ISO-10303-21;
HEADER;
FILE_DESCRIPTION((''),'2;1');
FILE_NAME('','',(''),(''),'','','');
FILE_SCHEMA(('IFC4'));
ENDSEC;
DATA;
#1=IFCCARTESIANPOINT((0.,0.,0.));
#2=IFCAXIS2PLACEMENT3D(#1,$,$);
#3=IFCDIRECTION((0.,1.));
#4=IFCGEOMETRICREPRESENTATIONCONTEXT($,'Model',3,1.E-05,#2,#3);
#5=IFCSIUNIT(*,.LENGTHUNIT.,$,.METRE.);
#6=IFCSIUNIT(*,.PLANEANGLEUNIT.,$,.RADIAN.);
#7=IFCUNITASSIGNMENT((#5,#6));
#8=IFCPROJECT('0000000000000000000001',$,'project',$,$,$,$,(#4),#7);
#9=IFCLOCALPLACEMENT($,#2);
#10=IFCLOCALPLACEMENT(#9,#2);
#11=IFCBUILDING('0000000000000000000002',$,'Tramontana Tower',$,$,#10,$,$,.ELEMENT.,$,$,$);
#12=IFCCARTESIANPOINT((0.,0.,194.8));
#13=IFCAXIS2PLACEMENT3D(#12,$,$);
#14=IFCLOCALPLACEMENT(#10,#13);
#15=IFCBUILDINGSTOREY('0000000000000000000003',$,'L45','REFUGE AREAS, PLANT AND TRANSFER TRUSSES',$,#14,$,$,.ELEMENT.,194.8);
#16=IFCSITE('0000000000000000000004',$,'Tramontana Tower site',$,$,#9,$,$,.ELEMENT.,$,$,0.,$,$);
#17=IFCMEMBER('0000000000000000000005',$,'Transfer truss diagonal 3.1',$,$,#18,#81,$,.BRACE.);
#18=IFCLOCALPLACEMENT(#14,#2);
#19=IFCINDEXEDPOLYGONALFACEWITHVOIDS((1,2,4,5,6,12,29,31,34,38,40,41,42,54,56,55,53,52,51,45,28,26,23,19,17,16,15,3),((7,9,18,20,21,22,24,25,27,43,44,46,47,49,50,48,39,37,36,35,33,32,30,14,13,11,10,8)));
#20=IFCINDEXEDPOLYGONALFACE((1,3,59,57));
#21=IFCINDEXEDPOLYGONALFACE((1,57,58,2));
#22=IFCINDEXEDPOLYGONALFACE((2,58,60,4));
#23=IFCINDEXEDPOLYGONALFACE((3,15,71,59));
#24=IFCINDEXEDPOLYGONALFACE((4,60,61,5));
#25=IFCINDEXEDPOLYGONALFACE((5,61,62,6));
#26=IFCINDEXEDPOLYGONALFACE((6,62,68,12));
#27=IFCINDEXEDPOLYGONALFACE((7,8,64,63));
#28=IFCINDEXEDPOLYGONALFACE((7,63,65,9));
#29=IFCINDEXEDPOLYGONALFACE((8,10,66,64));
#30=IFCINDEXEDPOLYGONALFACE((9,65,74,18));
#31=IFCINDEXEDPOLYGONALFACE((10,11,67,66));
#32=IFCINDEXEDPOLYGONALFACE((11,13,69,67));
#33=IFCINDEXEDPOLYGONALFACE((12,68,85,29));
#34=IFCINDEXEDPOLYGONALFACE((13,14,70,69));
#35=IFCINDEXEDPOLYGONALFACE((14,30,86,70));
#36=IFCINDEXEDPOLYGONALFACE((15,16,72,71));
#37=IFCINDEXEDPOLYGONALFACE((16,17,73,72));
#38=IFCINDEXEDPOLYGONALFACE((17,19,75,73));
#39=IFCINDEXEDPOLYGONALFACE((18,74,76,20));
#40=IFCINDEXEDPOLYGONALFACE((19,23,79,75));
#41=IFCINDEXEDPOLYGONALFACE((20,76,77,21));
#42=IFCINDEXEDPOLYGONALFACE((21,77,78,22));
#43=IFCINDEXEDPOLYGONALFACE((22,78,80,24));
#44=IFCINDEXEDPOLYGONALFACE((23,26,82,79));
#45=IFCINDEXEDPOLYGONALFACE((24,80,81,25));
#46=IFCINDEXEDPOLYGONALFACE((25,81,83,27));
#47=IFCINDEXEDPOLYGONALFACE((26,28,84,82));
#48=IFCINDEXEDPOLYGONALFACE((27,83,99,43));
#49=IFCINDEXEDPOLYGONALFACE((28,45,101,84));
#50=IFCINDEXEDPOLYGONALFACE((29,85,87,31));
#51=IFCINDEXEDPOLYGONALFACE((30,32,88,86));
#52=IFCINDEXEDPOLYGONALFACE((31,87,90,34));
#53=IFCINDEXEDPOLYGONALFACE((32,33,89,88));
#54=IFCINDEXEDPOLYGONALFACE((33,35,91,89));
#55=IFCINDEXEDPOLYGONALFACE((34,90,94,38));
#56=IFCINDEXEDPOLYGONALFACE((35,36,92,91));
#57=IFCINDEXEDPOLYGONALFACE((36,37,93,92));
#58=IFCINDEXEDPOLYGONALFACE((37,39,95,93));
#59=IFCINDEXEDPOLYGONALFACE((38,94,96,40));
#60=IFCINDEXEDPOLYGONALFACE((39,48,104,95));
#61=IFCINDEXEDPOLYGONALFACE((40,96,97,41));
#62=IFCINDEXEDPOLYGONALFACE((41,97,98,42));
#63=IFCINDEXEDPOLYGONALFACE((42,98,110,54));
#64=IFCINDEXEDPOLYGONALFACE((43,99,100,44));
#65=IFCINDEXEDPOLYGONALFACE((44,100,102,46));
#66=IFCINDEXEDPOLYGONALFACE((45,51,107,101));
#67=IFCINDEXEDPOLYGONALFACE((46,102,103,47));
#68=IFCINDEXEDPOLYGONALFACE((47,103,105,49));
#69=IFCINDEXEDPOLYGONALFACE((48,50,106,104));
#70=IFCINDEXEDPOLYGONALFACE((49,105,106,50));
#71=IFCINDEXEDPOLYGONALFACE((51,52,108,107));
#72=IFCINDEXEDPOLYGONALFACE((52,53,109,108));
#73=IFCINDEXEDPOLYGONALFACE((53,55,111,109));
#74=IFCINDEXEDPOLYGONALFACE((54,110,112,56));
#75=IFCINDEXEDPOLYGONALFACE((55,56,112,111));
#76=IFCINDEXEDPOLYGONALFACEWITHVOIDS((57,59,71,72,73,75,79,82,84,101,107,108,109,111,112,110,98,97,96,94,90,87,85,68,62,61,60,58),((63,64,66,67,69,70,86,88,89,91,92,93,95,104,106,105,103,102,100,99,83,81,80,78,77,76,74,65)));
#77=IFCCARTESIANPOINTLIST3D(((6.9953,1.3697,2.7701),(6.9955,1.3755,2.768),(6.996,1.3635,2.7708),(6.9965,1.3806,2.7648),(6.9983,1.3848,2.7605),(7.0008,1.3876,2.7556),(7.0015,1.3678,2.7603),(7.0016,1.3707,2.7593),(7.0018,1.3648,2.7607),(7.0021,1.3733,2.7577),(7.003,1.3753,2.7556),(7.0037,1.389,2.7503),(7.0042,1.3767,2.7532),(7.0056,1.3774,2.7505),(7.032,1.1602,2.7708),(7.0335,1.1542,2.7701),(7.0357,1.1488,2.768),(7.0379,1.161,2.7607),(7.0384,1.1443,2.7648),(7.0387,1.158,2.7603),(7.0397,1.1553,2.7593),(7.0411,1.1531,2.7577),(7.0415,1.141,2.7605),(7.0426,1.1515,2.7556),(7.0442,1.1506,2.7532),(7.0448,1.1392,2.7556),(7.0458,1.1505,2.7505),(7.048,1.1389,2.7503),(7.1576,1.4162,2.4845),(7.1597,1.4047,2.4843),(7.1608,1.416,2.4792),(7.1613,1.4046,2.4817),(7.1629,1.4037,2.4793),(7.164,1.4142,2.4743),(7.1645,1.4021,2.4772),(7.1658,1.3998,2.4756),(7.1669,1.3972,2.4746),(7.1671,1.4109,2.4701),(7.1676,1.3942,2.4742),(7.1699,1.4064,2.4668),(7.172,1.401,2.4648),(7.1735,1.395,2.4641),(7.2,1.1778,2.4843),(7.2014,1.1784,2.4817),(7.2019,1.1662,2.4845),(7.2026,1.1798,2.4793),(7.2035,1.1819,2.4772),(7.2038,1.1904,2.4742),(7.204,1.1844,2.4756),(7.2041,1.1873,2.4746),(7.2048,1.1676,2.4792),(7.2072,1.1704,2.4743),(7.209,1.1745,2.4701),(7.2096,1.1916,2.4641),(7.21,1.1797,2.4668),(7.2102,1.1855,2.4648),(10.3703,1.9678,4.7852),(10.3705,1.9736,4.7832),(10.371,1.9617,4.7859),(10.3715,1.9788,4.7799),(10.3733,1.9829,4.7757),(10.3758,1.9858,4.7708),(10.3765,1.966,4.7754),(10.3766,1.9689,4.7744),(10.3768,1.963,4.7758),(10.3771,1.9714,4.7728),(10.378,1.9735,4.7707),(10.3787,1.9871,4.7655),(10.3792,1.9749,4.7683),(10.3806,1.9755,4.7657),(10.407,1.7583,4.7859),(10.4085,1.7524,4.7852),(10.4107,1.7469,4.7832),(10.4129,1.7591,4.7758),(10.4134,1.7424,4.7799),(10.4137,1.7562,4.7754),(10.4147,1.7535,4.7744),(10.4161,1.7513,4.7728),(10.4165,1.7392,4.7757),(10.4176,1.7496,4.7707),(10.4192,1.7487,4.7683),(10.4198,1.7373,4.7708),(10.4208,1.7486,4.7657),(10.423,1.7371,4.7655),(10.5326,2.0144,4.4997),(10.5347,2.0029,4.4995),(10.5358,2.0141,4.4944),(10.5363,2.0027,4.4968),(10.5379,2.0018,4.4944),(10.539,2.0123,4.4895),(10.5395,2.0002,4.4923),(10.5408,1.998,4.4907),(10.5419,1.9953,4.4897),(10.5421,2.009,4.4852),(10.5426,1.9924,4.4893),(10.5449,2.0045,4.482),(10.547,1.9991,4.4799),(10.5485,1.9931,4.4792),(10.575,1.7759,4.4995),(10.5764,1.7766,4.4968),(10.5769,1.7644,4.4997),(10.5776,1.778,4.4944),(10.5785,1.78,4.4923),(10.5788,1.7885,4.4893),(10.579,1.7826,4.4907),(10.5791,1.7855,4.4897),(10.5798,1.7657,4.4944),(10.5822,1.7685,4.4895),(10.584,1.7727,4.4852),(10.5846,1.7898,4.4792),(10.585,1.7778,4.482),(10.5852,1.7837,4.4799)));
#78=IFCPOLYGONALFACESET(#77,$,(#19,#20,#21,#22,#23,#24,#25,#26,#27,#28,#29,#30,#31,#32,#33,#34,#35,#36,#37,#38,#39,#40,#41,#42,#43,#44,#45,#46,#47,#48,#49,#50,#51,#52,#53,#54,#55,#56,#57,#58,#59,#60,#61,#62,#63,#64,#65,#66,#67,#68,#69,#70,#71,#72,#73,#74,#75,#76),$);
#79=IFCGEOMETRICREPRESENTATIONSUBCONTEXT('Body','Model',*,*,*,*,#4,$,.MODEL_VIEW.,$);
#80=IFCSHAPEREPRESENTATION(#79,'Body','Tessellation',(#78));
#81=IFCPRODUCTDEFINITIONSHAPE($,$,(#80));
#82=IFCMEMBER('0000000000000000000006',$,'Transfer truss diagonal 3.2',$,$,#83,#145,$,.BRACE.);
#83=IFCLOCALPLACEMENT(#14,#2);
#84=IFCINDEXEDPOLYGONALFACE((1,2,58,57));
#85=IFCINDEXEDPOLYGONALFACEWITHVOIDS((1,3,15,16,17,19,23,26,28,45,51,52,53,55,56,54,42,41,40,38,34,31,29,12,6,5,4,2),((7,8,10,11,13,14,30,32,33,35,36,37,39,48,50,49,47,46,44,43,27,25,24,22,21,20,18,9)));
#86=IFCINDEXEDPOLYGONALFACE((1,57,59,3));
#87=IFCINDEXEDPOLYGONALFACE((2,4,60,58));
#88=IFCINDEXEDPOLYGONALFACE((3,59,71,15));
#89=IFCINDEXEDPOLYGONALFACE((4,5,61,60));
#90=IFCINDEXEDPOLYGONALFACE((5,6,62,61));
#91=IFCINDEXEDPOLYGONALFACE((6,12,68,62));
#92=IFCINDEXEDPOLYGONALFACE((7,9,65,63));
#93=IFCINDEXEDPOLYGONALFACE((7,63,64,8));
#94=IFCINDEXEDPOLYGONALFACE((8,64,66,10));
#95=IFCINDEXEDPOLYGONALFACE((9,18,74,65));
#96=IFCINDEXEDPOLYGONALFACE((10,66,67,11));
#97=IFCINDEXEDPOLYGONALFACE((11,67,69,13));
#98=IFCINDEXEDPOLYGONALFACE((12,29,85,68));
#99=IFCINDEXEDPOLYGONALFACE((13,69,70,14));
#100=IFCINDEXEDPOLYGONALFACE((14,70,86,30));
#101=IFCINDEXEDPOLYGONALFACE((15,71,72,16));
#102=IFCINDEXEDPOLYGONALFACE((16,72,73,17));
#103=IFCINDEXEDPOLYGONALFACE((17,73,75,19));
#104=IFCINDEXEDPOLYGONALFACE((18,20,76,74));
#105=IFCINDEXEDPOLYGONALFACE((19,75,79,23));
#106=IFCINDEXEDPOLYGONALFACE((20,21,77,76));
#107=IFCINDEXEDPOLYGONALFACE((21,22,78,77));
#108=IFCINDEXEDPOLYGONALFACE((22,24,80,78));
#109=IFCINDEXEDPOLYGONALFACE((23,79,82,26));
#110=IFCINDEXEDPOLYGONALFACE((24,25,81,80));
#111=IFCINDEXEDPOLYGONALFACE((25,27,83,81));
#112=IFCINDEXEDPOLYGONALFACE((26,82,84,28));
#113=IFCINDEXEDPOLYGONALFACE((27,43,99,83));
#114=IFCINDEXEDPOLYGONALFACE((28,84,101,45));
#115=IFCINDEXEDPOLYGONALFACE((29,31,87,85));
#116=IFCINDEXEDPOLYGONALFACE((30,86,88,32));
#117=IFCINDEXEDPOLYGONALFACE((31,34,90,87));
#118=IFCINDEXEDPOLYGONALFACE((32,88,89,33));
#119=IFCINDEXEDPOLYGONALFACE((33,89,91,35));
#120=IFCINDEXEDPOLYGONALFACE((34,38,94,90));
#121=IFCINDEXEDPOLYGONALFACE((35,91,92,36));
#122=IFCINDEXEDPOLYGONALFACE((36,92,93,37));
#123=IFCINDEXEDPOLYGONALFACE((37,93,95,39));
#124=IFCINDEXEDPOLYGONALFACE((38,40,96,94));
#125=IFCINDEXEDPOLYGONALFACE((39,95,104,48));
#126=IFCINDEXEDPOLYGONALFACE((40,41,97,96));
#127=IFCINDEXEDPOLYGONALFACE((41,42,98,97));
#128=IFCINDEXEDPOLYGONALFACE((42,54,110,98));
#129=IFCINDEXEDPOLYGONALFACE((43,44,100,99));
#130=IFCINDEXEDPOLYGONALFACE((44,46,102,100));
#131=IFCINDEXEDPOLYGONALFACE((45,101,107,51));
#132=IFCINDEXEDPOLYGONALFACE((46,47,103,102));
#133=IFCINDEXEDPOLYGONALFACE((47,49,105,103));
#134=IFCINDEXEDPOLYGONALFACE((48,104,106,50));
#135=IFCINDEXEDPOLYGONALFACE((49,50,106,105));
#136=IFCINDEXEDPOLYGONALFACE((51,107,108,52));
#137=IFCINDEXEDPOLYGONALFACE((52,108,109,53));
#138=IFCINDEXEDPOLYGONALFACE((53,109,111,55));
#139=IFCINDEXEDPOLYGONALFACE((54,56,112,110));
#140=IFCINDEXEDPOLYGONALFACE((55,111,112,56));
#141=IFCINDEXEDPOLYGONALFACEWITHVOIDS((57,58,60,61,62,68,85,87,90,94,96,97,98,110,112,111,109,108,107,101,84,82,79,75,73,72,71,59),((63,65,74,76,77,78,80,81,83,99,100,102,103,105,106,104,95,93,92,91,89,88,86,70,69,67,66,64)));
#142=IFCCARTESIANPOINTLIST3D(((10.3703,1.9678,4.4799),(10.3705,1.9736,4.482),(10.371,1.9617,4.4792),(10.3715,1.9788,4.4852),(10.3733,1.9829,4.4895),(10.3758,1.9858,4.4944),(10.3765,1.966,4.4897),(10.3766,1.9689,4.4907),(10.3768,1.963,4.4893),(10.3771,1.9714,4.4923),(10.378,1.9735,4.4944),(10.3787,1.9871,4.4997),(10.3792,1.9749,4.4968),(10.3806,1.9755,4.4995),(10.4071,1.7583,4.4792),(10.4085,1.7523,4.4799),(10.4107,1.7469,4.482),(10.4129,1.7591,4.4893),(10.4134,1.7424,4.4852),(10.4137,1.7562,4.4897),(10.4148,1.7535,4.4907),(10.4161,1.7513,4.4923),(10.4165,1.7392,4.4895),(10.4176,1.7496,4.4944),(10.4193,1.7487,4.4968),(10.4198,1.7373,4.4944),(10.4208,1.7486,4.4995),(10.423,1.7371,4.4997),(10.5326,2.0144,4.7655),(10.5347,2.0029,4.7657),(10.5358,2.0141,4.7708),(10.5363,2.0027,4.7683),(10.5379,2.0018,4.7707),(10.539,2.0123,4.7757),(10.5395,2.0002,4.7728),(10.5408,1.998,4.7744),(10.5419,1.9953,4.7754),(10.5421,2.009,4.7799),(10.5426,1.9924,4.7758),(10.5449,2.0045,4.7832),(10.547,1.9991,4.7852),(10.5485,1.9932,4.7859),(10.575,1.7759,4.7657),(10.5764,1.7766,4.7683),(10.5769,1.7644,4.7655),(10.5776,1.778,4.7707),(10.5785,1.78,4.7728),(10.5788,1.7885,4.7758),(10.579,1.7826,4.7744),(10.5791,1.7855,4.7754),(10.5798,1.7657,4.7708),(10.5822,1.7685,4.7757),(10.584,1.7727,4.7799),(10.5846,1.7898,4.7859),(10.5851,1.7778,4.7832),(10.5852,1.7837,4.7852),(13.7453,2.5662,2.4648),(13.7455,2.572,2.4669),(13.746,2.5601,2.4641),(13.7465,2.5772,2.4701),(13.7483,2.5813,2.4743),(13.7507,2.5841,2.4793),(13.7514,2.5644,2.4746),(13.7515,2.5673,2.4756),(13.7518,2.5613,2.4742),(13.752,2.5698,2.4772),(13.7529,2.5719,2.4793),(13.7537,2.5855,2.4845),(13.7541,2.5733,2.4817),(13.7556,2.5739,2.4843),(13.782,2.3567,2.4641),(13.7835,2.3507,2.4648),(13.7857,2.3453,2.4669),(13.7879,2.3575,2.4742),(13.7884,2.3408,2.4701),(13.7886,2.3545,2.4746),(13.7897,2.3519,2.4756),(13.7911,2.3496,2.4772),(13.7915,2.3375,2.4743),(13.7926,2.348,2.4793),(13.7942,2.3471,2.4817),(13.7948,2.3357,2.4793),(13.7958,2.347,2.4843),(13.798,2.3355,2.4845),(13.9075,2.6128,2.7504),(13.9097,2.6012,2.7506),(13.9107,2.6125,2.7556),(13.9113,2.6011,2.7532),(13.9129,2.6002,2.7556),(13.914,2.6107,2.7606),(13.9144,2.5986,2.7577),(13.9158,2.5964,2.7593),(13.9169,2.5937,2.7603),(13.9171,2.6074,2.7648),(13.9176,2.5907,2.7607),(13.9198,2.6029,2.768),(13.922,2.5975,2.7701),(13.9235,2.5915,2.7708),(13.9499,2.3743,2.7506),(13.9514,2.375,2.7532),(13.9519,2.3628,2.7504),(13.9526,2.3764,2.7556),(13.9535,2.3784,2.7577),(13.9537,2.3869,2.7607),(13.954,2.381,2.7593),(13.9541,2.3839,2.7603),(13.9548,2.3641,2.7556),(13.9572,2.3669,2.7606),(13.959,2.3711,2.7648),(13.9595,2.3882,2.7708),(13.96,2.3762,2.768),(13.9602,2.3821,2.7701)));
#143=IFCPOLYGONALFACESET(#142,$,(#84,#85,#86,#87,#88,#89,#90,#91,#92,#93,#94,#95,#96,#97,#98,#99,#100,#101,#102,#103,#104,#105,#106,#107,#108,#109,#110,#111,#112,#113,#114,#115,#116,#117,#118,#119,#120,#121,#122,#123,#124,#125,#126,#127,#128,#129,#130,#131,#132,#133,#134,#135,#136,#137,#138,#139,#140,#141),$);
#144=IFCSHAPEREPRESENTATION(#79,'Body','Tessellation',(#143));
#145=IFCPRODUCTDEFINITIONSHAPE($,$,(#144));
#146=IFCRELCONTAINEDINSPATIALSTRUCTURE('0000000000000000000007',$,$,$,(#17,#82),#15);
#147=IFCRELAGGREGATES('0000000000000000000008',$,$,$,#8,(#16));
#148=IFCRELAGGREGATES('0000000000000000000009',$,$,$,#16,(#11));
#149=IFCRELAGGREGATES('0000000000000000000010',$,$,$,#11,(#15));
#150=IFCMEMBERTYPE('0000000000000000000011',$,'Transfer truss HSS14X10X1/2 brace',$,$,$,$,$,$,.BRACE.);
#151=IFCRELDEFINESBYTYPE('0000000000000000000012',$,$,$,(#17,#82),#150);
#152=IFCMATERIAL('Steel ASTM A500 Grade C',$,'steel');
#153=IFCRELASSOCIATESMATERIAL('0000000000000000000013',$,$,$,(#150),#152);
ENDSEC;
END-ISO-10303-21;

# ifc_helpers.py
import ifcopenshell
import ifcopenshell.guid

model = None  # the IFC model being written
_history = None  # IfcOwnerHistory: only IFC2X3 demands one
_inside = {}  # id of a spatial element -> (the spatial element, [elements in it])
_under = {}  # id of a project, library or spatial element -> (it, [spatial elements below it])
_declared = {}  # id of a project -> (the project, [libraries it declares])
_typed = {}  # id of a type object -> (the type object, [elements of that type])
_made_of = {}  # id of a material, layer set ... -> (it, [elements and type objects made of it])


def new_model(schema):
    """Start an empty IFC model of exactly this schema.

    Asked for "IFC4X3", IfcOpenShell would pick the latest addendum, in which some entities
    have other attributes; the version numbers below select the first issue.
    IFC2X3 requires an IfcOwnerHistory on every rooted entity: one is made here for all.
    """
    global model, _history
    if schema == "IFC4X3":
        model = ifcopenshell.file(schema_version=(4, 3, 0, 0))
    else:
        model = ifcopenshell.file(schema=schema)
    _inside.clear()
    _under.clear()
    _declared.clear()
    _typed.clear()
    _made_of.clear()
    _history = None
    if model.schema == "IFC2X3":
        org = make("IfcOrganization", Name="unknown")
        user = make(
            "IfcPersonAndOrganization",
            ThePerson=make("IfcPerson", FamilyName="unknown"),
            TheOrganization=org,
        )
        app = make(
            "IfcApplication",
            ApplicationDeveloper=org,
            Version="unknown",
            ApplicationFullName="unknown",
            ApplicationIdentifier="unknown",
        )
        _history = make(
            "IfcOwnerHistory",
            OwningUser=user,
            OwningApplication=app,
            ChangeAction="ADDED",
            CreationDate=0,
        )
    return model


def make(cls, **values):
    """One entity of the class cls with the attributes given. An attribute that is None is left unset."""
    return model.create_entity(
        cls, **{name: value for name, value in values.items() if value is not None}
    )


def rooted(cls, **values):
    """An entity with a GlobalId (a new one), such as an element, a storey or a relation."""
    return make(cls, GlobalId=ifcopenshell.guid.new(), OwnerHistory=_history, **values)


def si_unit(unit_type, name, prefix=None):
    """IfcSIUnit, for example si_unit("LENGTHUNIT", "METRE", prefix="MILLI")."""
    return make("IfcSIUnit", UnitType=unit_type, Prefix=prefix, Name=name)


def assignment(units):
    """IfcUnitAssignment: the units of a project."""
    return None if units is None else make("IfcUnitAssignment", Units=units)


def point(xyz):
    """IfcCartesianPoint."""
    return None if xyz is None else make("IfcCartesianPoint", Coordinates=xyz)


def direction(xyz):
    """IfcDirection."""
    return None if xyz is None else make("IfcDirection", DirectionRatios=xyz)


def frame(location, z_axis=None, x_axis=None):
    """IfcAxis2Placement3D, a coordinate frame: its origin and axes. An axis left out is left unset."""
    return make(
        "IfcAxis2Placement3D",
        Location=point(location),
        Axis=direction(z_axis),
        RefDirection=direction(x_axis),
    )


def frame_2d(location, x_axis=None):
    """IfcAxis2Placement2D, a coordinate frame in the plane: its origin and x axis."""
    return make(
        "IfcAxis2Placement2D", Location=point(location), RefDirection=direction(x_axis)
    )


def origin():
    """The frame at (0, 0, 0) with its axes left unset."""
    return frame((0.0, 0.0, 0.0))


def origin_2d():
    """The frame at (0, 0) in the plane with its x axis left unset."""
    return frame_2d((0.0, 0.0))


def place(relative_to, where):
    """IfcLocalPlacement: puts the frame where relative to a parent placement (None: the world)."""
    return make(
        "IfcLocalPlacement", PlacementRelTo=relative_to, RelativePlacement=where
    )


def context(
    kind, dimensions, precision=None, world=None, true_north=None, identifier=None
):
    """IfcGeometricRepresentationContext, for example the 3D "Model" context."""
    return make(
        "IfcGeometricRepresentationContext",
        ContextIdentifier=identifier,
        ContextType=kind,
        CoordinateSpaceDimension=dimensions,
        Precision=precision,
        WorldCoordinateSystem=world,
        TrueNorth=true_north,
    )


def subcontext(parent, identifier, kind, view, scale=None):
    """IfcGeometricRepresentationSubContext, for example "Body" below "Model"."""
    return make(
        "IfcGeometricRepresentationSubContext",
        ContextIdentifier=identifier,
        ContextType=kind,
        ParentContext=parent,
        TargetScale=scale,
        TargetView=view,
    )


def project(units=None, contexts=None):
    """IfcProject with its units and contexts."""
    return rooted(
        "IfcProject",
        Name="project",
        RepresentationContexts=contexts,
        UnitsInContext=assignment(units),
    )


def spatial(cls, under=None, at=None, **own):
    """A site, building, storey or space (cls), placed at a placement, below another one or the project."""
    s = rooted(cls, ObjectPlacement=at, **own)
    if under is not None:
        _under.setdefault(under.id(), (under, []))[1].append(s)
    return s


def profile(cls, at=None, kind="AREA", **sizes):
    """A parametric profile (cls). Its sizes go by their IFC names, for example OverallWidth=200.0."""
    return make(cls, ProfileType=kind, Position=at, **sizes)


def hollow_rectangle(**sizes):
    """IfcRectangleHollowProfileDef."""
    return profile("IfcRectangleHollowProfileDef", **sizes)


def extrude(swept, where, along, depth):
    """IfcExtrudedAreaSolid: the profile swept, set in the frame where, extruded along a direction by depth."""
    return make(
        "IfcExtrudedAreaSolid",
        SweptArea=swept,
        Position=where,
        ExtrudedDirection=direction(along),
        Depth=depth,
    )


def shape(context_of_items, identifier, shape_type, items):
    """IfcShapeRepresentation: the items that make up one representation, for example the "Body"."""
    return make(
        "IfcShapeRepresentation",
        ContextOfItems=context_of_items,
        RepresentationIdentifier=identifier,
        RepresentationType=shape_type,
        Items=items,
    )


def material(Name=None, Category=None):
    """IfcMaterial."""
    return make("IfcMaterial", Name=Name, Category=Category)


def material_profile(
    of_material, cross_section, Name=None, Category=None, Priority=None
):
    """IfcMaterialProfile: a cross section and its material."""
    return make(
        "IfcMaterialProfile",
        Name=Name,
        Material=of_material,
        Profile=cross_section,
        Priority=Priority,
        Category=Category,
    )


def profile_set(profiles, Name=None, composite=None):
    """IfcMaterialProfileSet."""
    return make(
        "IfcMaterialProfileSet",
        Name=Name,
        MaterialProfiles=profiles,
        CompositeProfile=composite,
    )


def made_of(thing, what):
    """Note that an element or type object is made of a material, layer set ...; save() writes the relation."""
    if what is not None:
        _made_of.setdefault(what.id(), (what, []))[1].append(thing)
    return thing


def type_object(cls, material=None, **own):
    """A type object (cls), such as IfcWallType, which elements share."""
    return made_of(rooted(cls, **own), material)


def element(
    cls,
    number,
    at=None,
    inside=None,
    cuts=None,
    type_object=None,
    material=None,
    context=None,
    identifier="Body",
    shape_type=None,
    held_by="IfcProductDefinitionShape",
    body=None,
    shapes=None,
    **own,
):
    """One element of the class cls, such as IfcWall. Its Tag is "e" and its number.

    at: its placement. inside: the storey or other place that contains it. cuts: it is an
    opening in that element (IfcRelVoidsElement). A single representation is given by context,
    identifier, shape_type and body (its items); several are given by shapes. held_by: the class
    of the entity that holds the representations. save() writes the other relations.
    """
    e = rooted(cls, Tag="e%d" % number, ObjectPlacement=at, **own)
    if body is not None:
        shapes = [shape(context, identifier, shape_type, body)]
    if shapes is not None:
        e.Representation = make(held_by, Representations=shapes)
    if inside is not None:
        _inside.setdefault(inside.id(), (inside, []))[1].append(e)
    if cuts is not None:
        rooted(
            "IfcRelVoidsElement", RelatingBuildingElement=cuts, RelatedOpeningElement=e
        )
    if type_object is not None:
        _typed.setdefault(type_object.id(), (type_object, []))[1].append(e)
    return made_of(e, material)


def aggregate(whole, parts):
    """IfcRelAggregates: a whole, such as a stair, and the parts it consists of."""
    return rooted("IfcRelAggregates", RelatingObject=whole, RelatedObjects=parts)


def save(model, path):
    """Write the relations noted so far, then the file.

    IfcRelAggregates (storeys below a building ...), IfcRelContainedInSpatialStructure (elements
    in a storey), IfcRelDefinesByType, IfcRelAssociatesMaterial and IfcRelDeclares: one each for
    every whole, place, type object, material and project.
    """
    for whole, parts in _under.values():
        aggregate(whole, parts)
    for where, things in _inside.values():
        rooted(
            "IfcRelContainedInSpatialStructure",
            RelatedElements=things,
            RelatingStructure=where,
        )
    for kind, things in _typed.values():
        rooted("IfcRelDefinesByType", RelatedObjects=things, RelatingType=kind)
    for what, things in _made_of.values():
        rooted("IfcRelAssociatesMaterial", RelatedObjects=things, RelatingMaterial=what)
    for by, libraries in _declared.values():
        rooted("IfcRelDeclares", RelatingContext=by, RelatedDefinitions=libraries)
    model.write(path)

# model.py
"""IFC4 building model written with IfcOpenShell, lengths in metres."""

from ifc_helpers import new_model, si_unit, direction, frame, origin, origin_2d, place, context, subcontext, project, spatial, hollow_rectangle, extrude, material, material_profile, profile_set, type_object, element, save


model = new_model("IFC4")

# Units and contexts
model_context = context("Model", 3, precision=1e-05, world=origin(), true_north=direction((0.0, 1.0)))
body_context = subcontext(model_context, "Body", "Model", "MODEL_VIEW")
ifc_project = project(units=[si_unit("LENGTHUNIT", "METRE"), si_unit("PLANEANGLEUNIT", "RADIAN")], contexts=[model_context])

# Site, building, storey
site_placement = place(None, origin())
site = spatial("IfcSite", under=ifc_project, at=site_placement, Name="Tramontana Tower site", CompositionType="ELEMENT", RefElevation=0.0)
building_placement = place(site_placement, origin())
building = spatial("IfcBuilding", under=site, at=building_placement, Name="Tramontana Tower", CompositionType="ELEMENT")
storey_placement = place(building_placement, frame((0.0, 0.0, 194.8)))
storey = spatial("IfcBuildingStorey", under=building, at=storey_placement, Name="L45", Description="REFUGE AREAS, PLANT AND TRANSFER TRUSSES", CompositionType="ELEMENT", Elevation=194.8)

# Members
ifc_material_1 = material(Name="Steel ASTM A500 Grade C", Category="steel")
ifc_material_profile_1 = material_profile(ifc_material_1, hollow_rectangle(XDim=0.2539, YDim=0.3557, WallThickness=0.0117, InnerFilletRadius=0.0117, OuterFilletRadius=0.0237, at=origin_2d()), Name="HSS14X10X1/2")
ifc_profile_set_1 = profile_set([ifc_material_profile_1], Name="Steel ASTM A500 Grade C")
member_type_1 = type_object("IfcMemberType", Name="Transfer truss HSS14X10X1/2 brace", PredefinedType="BRACE", material=ifc_profile_set_1)
for number, where, z_axis, x_axis, name in (
    (1, (7.1028, 1.2776, 2.6174), (0.848827, 0.150436, 0.506815), (-0.174509, 0.984656, 0.0), "Transfer truss diagonal 3.1"),
    (2, (10.4778, 1.8757, 4.6326), (0.848819, 0.150496, -0.506811), (-0.174578, 0.984643, 0.0), "Transfer truss diagonal 3.2"),
):
    element("IfcMember", number, at=place(storey_placement, frame(where, z_axis=z_axis, x_axis=x_axis)), inside=storey, type_object=member_type_1, Name=name, PredefinedType="BRACE", context=body_context, shape_type="SweptSolid", body=[
        extrude(hollow_rectangle(XDim=0.2539, YDim=0.3557, WallThickness=0.0117, InnerFilletRadius=0.0117, OuterFilletRadius=0.0237, at=origin_2d()), origin(), (0.0, 0.0, 1.0), 3.9761),
    ])

save(model, "model.ifc")
